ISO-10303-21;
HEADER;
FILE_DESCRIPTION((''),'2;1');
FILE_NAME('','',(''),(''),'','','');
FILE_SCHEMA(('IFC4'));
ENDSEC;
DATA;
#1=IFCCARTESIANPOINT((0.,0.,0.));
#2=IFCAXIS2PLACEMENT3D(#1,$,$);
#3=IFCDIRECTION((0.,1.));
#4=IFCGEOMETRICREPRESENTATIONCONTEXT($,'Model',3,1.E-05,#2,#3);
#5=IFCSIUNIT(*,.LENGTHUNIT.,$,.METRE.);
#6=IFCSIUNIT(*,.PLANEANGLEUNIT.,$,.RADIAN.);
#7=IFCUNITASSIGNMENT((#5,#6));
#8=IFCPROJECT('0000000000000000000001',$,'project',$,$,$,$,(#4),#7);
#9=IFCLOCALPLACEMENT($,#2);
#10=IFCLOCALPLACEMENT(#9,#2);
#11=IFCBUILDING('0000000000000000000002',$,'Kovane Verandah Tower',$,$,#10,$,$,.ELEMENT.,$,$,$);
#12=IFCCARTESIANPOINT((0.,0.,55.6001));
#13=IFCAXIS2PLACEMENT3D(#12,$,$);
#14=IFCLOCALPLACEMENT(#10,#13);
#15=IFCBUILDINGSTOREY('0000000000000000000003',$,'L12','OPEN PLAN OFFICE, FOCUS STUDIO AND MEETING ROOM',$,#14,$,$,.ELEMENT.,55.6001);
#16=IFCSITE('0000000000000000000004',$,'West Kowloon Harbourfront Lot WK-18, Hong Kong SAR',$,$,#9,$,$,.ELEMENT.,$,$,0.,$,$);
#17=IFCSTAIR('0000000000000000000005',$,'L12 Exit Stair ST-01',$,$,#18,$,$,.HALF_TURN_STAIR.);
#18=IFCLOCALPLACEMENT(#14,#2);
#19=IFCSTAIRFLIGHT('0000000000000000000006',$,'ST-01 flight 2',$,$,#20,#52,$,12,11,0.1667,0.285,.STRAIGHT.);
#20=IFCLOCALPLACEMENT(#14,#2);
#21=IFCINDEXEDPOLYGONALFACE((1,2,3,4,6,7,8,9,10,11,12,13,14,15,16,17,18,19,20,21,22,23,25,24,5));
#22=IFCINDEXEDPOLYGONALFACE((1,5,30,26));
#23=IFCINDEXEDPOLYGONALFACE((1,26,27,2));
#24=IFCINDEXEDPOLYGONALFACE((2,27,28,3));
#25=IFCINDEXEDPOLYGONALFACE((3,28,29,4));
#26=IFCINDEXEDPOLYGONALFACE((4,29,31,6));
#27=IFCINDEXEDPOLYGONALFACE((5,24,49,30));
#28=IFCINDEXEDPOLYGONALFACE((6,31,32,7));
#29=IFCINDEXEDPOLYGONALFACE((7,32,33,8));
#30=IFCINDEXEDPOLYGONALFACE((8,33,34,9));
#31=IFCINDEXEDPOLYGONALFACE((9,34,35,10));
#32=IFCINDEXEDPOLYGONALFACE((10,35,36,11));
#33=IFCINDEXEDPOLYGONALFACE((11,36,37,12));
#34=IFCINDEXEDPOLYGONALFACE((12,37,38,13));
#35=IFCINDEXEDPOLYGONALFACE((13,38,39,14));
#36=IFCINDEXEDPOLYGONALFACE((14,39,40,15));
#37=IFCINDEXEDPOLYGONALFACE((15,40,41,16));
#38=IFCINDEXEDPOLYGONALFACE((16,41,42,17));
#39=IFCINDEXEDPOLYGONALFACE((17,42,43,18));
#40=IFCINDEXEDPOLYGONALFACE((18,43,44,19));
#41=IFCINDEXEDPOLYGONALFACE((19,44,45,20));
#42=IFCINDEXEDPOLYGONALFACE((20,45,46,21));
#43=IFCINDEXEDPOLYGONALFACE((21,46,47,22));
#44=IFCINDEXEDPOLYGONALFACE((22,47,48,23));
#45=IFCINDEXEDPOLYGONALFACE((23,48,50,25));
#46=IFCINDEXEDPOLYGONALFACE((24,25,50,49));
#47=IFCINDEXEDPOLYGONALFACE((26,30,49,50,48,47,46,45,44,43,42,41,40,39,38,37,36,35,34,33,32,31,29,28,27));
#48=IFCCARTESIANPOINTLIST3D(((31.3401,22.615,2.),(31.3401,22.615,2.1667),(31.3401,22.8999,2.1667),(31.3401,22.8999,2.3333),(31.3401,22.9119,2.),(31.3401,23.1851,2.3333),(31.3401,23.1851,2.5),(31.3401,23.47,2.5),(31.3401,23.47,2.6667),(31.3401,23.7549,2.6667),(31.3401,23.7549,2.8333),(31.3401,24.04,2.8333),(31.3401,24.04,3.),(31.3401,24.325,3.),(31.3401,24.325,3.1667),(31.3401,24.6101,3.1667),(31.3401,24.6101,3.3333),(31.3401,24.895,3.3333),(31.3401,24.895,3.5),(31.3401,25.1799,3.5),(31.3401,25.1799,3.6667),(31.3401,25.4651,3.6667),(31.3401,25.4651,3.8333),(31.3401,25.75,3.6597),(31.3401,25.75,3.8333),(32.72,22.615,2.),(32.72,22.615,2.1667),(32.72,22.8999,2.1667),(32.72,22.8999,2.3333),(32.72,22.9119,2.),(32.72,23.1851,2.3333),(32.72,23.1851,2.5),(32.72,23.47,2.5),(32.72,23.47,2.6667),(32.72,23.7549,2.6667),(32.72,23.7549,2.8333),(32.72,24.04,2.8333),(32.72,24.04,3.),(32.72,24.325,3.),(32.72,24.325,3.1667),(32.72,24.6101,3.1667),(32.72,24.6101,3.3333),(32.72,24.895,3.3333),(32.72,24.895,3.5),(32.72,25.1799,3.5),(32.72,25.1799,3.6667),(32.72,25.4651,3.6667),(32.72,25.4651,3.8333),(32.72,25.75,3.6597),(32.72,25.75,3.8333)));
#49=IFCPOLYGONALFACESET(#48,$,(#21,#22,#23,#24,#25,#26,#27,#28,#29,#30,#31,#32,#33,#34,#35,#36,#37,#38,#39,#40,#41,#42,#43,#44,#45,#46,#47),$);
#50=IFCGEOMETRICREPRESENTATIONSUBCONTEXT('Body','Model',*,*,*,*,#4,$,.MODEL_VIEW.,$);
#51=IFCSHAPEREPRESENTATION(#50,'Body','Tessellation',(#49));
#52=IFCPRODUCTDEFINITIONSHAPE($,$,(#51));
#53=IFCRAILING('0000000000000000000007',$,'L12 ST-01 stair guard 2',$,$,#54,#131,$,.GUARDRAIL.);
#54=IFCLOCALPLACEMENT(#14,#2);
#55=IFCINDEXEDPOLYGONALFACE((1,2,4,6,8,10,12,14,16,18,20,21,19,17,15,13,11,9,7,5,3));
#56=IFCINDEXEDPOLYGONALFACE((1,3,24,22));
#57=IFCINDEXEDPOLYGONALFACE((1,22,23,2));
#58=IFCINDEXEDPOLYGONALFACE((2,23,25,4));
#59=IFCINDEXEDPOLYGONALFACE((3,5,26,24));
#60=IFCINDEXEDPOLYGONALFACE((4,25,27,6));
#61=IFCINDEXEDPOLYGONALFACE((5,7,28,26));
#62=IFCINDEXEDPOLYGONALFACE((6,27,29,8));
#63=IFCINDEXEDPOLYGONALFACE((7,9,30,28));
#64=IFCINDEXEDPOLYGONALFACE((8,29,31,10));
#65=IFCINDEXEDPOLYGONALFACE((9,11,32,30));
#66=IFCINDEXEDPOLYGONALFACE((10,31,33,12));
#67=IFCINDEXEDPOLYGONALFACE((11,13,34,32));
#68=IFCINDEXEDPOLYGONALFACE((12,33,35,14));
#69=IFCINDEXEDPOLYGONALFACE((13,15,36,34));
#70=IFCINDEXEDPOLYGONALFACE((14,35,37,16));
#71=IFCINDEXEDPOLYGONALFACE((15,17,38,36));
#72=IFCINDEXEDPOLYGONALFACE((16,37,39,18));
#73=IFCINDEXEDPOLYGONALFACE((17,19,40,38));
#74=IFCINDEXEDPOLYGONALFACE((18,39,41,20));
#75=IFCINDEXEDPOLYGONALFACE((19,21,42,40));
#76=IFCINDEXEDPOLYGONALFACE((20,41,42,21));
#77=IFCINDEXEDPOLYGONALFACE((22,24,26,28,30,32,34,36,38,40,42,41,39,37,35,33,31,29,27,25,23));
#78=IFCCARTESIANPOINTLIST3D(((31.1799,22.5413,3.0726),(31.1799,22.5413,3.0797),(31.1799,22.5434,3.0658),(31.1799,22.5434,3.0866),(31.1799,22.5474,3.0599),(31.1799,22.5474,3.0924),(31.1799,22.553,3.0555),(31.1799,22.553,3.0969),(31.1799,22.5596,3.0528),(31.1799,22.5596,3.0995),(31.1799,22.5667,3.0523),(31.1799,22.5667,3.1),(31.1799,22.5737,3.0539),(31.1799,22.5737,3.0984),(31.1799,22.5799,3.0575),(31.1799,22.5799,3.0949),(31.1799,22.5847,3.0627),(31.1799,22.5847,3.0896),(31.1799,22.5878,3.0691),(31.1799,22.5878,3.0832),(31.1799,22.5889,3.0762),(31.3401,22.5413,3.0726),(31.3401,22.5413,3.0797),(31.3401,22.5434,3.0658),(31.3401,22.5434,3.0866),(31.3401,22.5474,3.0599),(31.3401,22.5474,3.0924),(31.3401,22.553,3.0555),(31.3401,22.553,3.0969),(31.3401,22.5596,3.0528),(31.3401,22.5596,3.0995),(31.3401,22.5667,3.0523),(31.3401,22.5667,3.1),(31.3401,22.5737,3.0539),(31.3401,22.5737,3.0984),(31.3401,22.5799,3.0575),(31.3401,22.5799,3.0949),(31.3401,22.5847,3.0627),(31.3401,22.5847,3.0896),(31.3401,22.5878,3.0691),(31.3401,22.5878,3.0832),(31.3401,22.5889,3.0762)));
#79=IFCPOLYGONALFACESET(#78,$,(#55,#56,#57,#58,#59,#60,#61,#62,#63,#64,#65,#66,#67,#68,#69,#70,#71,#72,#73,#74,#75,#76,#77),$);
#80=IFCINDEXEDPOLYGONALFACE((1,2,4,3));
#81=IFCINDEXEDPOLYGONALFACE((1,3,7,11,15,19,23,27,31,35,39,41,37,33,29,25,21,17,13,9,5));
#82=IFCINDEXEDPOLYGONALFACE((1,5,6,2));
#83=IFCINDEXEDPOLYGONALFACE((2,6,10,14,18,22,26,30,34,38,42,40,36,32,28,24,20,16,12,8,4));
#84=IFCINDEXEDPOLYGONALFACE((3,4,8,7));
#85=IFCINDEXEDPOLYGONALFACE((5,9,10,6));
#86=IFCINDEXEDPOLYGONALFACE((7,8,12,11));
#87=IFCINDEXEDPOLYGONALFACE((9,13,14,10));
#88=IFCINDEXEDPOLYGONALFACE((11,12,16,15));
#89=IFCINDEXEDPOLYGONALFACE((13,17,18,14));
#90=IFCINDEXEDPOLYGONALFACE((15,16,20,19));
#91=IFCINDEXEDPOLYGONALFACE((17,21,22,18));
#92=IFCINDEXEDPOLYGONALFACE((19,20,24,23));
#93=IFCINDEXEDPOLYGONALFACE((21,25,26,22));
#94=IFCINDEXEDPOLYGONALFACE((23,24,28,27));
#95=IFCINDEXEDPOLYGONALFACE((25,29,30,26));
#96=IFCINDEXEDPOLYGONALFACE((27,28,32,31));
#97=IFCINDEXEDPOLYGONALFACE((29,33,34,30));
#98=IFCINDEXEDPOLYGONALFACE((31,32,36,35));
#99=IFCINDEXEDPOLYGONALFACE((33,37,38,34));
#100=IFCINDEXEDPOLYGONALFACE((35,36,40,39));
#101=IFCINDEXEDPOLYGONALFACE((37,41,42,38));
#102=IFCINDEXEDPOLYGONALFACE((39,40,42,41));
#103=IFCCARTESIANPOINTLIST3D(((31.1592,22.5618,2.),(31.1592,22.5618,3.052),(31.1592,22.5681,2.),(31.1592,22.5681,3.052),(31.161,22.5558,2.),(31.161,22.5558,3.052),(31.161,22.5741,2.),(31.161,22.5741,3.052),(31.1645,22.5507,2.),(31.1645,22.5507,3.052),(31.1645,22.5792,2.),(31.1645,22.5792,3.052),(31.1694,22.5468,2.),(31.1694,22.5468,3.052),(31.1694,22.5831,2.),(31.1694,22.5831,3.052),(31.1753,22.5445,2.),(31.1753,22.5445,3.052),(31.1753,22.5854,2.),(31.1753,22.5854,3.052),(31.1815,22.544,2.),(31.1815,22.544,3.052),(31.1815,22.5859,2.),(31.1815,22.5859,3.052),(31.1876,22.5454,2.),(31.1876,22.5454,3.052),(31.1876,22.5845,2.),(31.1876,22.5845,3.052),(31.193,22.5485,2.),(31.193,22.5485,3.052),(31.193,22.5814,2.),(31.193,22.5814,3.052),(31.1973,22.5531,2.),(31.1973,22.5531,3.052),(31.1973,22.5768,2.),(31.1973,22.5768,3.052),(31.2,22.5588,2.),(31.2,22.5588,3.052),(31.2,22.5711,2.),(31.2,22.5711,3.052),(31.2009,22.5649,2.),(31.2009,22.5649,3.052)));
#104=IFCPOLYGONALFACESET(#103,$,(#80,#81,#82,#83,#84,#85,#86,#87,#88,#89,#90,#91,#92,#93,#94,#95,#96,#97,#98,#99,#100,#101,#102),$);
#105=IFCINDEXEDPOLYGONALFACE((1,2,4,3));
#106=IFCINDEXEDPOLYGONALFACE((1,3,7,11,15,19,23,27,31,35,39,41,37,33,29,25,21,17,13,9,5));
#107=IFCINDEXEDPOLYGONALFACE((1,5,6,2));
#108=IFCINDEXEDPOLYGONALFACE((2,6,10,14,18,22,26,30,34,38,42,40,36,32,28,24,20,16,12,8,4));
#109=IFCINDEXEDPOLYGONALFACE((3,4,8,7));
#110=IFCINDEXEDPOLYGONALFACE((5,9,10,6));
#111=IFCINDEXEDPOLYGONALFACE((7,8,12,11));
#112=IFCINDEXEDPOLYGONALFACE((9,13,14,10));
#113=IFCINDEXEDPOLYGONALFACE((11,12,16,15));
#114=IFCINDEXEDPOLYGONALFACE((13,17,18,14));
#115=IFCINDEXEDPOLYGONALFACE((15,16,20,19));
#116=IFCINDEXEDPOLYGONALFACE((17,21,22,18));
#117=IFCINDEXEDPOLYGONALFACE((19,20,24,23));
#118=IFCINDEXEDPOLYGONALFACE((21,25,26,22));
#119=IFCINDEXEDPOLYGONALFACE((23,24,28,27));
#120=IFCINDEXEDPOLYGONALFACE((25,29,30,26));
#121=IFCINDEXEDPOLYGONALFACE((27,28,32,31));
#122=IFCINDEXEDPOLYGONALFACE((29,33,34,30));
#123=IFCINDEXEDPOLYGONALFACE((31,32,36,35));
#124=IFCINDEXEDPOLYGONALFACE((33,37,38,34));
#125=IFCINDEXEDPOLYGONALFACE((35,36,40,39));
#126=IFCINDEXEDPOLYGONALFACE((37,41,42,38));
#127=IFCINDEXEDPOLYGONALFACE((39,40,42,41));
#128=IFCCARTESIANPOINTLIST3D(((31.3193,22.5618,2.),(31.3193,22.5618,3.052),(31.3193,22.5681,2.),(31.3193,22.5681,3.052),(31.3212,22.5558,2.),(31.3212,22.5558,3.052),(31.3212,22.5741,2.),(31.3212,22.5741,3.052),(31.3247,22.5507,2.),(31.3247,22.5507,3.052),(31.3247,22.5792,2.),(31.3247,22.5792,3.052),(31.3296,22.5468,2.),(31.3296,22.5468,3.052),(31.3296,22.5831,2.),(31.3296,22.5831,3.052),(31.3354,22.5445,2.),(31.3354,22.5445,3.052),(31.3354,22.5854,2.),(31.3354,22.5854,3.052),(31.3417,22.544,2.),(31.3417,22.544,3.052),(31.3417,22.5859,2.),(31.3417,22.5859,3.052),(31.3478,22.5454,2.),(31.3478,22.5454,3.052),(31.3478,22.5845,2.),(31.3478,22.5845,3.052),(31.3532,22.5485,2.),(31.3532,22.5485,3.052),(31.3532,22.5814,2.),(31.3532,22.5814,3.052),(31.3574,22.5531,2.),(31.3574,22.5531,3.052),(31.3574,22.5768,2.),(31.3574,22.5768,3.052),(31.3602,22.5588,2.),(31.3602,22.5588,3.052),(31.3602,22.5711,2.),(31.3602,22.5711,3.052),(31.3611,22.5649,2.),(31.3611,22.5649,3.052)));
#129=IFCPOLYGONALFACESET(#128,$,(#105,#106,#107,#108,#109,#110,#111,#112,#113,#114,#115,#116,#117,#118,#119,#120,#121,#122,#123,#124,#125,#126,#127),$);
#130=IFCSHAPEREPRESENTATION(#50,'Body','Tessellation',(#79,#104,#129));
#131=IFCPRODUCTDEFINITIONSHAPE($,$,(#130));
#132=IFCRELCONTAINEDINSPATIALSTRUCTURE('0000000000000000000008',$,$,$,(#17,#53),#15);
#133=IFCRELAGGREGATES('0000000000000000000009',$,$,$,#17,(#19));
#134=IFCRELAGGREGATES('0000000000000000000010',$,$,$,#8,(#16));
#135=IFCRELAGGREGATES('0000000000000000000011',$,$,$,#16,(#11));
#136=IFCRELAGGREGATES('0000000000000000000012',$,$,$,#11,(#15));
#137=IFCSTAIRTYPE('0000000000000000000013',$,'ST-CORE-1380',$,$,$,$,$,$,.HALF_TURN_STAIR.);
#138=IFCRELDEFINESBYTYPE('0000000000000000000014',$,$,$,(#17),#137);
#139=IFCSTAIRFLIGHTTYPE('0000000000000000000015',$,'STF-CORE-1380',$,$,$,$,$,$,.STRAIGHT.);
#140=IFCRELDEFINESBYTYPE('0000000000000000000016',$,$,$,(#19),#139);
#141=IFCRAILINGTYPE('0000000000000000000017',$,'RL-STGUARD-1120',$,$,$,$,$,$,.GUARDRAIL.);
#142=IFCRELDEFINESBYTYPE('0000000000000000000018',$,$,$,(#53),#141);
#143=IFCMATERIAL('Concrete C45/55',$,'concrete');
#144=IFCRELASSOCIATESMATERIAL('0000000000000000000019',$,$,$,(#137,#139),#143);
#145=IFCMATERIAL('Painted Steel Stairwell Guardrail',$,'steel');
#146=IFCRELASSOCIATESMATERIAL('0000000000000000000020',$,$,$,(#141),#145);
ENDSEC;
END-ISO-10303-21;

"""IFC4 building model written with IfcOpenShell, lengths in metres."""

from ifc_helpers import new_model, si_unit, direction, frame, origin, origin_2d, place, context, subcontext, project, spatial, polyline, circle, outline, extrude, material, type_object, element, aggregate, save


model = new_model("IFC4")

# Units and contexts
model_context = context("Model", 3, precision=1e-05, world=origin(), true_north=direction((0.0, 1.0)))
body_context = subcontext(model_context, "Body", "Model", "MODEL_VIEW")
ifc_project = project(units=[si_unit("LENGTHUNIT", "METRE"), si_unit("PLANEANGLEUNIT", "RADIAN")], contexts=[model_context])

# Site, building, storey
site_placement = place(None, origin())
site = spatial("IfcSite", under=ifc_project, at=site_placement, Name="West Kowloon Harbourfront Lot WK-18, Hong Kong SAR", CompositionType="ELEMENT", RefElevation=0.0)
building_placement = place(site_placement, origin())
building = spatial("IfcBuilding", under=site, at=building_placement, Name="Kovane Verandah Tower", CompositionType="ELEMENT")
storey_placement = place(building_placement, frame((0.0, 0.0, 55.6001)))
storey = spatial("IfcBuildingStorey", under=building, at=storey_placement, Name="L12", Description="OPEN PLAN OFFICE, FOCUS STUDIO AND MEETING ROOM", CompositionType="ELEMENT", Elevation=55.6001)

# Shared definitions
ifc_material_1 = material(Name="Concrete C45/55", Category="concrete")

# Stair, stair flight
stair_type = type_object("IfcStairType", Name="ST-CORE-1380", PredefinedType="HALF_TURN_STAIR", material=ifc_material_1)
stair_placement = place(storey_placement, origin())
stair = element("IfcStair", 1, at=stair_placement, inside=storey, type_object=stair_type, Name="L12 Exit Stair ST-01", PredefinedType="HALF_TURN_STAIR")
stair_flight_type = type_object("IfcStairFlightType", Name="STF-CORE-1380", PredefinedType="STRAIGHT", material=ifc_material_1)
stair_flight_placement = place(storey_placement, frame((32.03, 22.615, 2.0), z_axis=(0.0, 0.0, 1.0), x_axis=(0.0, 1.0, 0.0)))
stair_flight = element("IfcStairFlight", 2, at=stair_flight_placement, type_object=stair_flight_type, Name="ST-01 flight 2", NumberOfRisers=12, NumberOfTreads=11, PredefinedType="STRAIGHT", RiserHeight=0.1667, TreadLength=0.285, context=body_context, shape_type="SweptSolid", body=[
    extrude(outline(polyline([(0.0, 0.0), (0.0, 0.1667), (0.2849, 0.1667), (0.2849, 0.3333), (0.5701, 0.3333), (0.5701, 0.5), (0.855, 0.5), (0.855, 0.6667), (1.1399, 0.6667), (1.1399, 0.8333), (1.425, 0.8333), (1.425, 1.0), (1.71, 1.0), (1.71, 1.1667), (1.9951, 1.1667), (1.9951, 1.3333), (2.28, 1.3333), (2.28, 1.5), (2.5649, 1.5), (2.5649, 1.6667), (2.8501, 1.6667), (2.8501, 1.8333), (3.135, 1.8333), (3.135, 2.0), (3.135, 1.6597), (0.2969, 0.0), (0.0, 0.0)])), frame((0.0, 0.6899, 0.0), z_axis=(0.0, -1.0, 0.0), x_axis=(1.0, 0.0, 0.0)), (0.0, 0.0, 1.0), 1.3799),
])
aggregate(stair, [stair_flight])

# Railing
ifc_material_2 = material(Name="Painted Steel Stairwell Guardrail", Category="steel")
railing_type = type_object("IfcRailingType", Name="RL-STGUARD-1120", PredefinedType="GUARDRAIL", material=ifc_material_2)
railing_1_placement = place(storey_placement, frame((31.1799, 22.5649, 2.0)))
element("IfcRailing", 3, at=railing_1_placement, inside=storey, type_object=railing_type, Name="L12 ST-01 stair guard 2", PredefinedType="GUARDRAIL", context=body_context, shape_type="SweptSolid", body=[
    extrude(circle(Radius=0.0239, at=origin_2d()), frame((0.0, 0.0, 1.0762), z_axis=(1.0, 0.0, 0.0), x_axis=(0.0, 1.0, 0.0)), (0.0, 0.0, 1.0), 0.1602),
    extrude(circle(Radius=0.021, at=origin_2d()), origin(), (0.0, 0.0, 1.0), 1.052),
    extrude(circle(Radius=0.021, at=origin_2d()), frame((0.1602, 0.0, 0.0)), (0.0, 0.0, 1.0), 1.052),
])

save(model, "model.ifc")
